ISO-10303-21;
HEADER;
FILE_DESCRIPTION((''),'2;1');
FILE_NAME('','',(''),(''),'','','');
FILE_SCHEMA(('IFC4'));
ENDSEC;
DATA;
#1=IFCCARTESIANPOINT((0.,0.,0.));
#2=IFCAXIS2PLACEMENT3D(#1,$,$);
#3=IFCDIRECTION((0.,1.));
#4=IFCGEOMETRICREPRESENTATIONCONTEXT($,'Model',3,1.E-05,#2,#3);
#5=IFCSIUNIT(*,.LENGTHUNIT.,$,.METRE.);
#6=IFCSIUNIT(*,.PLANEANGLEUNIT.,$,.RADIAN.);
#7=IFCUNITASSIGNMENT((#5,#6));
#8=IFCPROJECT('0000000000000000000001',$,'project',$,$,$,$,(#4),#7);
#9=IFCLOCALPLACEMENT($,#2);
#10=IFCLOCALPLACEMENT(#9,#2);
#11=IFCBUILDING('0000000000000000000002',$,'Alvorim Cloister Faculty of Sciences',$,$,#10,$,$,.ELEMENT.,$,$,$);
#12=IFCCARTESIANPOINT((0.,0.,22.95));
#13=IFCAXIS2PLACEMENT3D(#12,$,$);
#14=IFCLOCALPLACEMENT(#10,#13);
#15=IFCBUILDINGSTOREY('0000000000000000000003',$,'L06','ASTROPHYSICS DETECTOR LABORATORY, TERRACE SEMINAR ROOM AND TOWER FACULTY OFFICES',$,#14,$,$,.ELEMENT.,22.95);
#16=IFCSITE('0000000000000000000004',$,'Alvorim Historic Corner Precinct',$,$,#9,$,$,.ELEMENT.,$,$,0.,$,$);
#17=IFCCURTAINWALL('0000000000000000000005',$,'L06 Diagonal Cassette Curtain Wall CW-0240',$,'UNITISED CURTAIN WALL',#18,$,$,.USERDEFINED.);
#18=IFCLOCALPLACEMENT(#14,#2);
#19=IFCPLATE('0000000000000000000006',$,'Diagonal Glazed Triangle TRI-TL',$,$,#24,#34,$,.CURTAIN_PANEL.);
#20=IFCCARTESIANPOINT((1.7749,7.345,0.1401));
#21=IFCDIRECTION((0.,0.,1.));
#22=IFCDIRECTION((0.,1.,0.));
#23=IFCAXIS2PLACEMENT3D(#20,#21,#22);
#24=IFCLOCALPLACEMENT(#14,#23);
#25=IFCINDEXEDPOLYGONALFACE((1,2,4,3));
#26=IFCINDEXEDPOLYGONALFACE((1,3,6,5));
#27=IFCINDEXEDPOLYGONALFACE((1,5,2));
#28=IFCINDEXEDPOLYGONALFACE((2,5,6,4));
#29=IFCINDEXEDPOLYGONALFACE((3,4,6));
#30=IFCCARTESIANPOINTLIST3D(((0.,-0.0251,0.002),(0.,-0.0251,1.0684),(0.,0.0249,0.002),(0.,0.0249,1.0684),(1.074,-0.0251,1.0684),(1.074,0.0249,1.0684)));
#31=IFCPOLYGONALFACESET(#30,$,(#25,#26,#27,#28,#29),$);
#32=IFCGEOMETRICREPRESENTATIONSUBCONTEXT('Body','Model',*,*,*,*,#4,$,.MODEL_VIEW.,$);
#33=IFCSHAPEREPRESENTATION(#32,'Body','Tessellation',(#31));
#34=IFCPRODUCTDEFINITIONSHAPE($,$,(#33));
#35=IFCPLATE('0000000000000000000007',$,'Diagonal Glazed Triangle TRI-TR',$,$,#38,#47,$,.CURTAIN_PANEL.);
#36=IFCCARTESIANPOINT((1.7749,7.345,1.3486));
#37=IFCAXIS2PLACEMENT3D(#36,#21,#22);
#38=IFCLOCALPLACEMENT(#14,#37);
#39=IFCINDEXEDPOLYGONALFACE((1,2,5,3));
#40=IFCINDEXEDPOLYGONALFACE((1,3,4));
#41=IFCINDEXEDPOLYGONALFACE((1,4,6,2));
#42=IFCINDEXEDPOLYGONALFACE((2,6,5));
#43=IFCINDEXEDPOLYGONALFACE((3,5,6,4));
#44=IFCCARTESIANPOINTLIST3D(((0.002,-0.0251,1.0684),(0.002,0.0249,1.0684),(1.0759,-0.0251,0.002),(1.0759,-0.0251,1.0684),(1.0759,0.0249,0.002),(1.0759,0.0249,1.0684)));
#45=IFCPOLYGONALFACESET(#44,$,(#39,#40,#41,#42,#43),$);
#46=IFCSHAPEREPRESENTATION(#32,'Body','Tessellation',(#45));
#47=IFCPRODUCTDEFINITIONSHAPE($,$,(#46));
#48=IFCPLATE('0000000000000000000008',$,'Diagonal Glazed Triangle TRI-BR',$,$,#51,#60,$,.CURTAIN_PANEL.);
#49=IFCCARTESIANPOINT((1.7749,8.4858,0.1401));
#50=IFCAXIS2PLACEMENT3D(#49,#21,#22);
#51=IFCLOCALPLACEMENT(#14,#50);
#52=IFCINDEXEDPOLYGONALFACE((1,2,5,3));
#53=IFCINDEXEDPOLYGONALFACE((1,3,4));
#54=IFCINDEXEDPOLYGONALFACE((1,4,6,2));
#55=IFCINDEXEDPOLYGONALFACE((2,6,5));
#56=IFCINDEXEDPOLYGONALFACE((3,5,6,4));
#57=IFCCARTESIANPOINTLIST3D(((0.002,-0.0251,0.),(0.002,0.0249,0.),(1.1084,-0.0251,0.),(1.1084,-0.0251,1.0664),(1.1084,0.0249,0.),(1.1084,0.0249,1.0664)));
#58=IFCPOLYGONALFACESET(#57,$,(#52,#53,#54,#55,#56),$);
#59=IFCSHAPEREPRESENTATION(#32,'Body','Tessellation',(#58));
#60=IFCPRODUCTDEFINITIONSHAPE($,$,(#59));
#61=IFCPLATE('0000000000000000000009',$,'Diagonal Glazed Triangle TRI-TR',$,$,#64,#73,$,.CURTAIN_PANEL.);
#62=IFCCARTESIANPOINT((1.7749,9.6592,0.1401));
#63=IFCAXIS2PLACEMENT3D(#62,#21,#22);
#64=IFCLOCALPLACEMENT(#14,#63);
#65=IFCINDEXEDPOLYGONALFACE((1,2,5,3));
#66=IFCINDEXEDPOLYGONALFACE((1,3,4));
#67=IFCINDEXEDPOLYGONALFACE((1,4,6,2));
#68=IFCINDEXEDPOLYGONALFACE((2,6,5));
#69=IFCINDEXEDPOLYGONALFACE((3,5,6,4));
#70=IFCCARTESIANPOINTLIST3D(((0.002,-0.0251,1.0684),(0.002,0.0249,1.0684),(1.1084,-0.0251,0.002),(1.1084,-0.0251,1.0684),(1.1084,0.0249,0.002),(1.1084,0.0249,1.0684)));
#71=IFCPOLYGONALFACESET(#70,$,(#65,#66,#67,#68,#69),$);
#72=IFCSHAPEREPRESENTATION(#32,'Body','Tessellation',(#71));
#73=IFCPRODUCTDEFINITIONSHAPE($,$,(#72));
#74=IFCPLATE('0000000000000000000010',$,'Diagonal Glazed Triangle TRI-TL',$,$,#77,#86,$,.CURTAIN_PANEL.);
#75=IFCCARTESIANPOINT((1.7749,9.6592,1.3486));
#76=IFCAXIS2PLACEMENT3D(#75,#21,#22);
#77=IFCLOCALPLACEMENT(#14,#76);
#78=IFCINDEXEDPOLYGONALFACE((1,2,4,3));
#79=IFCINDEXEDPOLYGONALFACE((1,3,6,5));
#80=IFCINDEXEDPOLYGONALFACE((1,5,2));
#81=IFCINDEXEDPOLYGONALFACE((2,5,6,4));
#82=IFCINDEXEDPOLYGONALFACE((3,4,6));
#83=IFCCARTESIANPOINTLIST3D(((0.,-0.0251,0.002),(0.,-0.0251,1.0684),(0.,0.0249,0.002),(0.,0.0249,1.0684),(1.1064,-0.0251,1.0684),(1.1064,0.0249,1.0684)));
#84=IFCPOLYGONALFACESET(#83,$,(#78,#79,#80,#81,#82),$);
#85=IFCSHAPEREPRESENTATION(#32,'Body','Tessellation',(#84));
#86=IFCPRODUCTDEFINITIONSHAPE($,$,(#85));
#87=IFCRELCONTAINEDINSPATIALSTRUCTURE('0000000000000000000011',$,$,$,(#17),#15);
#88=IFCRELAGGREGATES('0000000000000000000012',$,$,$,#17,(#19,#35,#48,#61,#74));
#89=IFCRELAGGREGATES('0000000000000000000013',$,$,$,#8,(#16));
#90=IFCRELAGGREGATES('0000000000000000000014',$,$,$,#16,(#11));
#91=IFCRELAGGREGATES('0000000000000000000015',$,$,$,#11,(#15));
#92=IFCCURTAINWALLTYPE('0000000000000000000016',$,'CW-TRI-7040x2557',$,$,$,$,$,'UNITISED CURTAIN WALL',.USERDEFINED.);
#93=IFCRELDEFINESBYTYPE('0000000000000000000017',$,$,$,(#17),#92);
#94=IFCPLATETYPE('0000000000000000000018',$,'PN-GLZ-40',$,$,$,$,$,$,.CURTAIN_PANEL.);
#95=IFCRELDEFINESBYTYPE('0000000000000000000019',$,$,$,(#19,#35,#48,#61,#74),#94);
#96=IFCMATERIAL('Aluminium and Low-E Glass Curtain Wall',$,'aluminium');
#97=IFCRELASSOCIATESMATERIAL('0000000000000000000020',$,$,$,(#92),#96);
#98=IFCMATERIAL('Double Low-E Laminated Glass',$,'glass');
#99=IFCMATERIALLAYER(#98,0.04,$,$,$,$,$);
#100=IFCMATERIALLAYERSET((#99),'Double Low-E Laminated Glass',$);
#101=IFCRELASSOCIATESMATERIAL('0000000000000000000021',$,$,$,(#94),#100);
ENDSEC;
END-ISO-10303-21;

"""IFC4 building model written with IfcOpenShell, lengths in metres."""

from ifc_helpers import new_model, si_unit, direction, frame, origin, place, context, subcontext, project, spatial, polyline, outline, extrude, material, layer, layer_set, type_object, element, aggregate, save


model = new_model("IFC4")

# Units and contexts
model_context = context("Model", 3, precision=1e-05, world=origin(), true_north=direction((0.0, 1.0)))
body_context = subcontext(model_context, "Body", "Model", "MODEL_VIEW")
ifc_project = project(units=[si_unit("LENGTHUNIT", "METRE"), si_unit("PLANEANGLEUNIT", "RADIAN")], contexts=[model_context])

# Site, building, storey
site_placement = place(None, origin())
site = spatial("IfcSite", under=ifc_project, at=site_placement, Name="Alvorim Historic Corner Precinct", CompositionType="ELEMENT", RefElevation=0.0)
building_placement = place(site_placement, origin())
building = spatial("IfcBuilding", under=site, at=building_placement, Name="Alvorim Cloister Faculty of Sciences", CompositionType="ELEMENT")
storey_placement = place(building_placement, frame((0.0, 0.0, 22.95)))
storey = spatial("IfcBuildingStorey", under=building, at=storey_placement, Name="L06", Description="ASTROPHYSICS DETECTOR LABORATORY, TERRACE SEMINAR ROOM AND TOWER FACULTY OFFICES", CompositionType="ELEMENT", Elevation=22.95)

# Curtain wall, plates
ifc_material_1 = material(Name="Aluminium and Low-E Glass Curtain Wall", Category="aluminium")
curtain_wall_type = type_object("IfcCurtainWallType", Name="CW-TRI-7040x2557", ElementType="UNITISED CURTAIN WALL", PredefinedType="USERDEFINED", material=ifc_material_1)
curtain_wall_placement = place(storey_placement, origin())
curtain_wall = element("IfcCurtainWall", 1, at=curtain_wall_placement, inside=storey, type_object=curtain_wall_type, Name="L06 Diagonal Cassette Curtain Wall CW-0240", ObjectType="UNITISED CURTAIN WALL", PredefinedType="USERDEFINED")
ifc_material_2 = material(Name="Double Low-E Laminated Glass", Category="glass")
ifc_layer = layer(ifc_material_2, 0.04)
ifc_layer_set = layer_set([ifc_layer], Name="Double Low-E Laminated Glass")
plate_type = type_object("IfcPlateType", Name="PN-GLZ-40", PredefinedType="CURTAIN_PANEL", material=ifc_layer_set)
plate_1_placement = place(storey_placement, frame((1.7749, 7.345, 0.1401), z_axis=(0.0, 0.0, 1.0), x_axis=(0.0, 1.0, 0.0)))
plate_1 = element("IfcPlate", 2, at=plate_1_placement, type_object=plate_type, Name="Diagonal Glazed Triangle TRI-TL", PredefinedType="CURTAIN_PANEL", context=body_context, shape_type="SweptSolid", body=[
    extrude(outline(polyline([(1.074, 1.0684), (0.0, 1.0684), (0.0, 0.002), (1.074, 1.0684)])), frame((0.0, 0.0249, 0.0), z_axis=(0.0, -1.0, 0.0), x_axis=(1.0, 0.0, 0.0)), (0.0, 0.0, 1.0), 0.05),
])
plate_2_placement = place(storey_placement, frame((1.7749, 7.345, 1.3486), z_axis=(0.0, 0.0, 1.0), x_axis=(0.0, 1.0, 0.0)))
plate_2 = element("IfcPlate", 3, at=plate_2_placement, type_object=plate_type, Name="Diagonal Glazed Triangle TRI-TR", PredefinedType="CURTAIN_PANEL", context=body_context, shape_type="SweptSolid", body=[
    extrude(outline(polyline([(1.0759, 0.002), (1.0759, 1.0684), (0.002, 1.0684), (1.0759, 0.002)])), frame((0.0, 0.0249, 0.0), z_axis=(0.0, -1.0, 0.0), x_axis=(1.0, 0.0, 0.0)), (0.0, 0.0, 1.0), 0.05),
])
plate_3_placement = place(storey_placement, frame((1.7749, 8.4858, 0.1401), z_axis=(0.0, 0.0, 1.0), x_axis=(0.0, 1.0, 0.0)))
plate_3 = element("IfcPlate", 4, at=plate_3_placement, type_object=plate_type, Name="Diagonal Glazed Triangle TRI-BR", PredefinedType="CURTAIN_PANEL", context=body_context, shape_type="SweptSolid", body=[
    extrude(outline(polyline([(0.002, 0.0), (1.1084, 0.0), (1.1084, 1.0664), (0.002, 0.0)])), frame((0.0, 0.0249, 0.0), z_axis=(0.0, -1.0, 0.0), x_axis=(1.0, 0.0, 0.0)), (0.0, 0.0, 1.0), 0.05),
])
plate_4_placement = place(storey_placement, frame((1.7749, 9.6592, 0.1401), z_axis=(0.0, 0.0, 1.0), x_axis=(0.0, 1.0, 0.0)))
plate_4 = element("IfcPlate", 5, at=plate_4_placement, type_object=plate_type, Name="Diagonal Glazed Triangle TRI-TR", PredefinedType="CURTAIN_PANEL", context=body_context, shape_type="SweptSolid", body=[
    extrude(outline(polyline([(1.1084, 0.002), (1.1084, 1.0684), (0.002, 1.0684), (1.1084, 0.002)])), frame((0.0, 0.0249, 0.0), z_axis=(0.0, -1.0, 0.0), x_axis=(1.0, 0.0, 0.0)), (0.0, 0.0, 1.0), 0.05),
])
plate_5_placement = place(storey_placement, frame((1.7749, 9.6592, 1.3486), z_axis=(0.0, 0.0, 1.0), x_axis=(0.0, 1.0, 0.0)))
plate_5 = element("IfcPlate", 6, at=plate_5_placement, type_object=plate_type, Name="Diagonal Glazed Triangle TRI-TL", PredefinedType="CURTAIN_PANEL", context=body_context, shape_type="SweptSolid", body=[
    extrude(outline(polyline([(1.1064, 1.0684), (0.0, 1.0684), (0.0, 0.002), (1.1064, 1.0684)])), frame((0.0, 0.0249, 0.0), z_axis=(0.0, -1.0, 0.0), x_axis=(1.0, 0.0, 0.0)), (0.0, 0.0, 1.0), 0.05),
])
aggregate(curtain_wall, [plate_1, plate_2, plate_3, plate_4, plate_5])

save(model, "model.ifc")
